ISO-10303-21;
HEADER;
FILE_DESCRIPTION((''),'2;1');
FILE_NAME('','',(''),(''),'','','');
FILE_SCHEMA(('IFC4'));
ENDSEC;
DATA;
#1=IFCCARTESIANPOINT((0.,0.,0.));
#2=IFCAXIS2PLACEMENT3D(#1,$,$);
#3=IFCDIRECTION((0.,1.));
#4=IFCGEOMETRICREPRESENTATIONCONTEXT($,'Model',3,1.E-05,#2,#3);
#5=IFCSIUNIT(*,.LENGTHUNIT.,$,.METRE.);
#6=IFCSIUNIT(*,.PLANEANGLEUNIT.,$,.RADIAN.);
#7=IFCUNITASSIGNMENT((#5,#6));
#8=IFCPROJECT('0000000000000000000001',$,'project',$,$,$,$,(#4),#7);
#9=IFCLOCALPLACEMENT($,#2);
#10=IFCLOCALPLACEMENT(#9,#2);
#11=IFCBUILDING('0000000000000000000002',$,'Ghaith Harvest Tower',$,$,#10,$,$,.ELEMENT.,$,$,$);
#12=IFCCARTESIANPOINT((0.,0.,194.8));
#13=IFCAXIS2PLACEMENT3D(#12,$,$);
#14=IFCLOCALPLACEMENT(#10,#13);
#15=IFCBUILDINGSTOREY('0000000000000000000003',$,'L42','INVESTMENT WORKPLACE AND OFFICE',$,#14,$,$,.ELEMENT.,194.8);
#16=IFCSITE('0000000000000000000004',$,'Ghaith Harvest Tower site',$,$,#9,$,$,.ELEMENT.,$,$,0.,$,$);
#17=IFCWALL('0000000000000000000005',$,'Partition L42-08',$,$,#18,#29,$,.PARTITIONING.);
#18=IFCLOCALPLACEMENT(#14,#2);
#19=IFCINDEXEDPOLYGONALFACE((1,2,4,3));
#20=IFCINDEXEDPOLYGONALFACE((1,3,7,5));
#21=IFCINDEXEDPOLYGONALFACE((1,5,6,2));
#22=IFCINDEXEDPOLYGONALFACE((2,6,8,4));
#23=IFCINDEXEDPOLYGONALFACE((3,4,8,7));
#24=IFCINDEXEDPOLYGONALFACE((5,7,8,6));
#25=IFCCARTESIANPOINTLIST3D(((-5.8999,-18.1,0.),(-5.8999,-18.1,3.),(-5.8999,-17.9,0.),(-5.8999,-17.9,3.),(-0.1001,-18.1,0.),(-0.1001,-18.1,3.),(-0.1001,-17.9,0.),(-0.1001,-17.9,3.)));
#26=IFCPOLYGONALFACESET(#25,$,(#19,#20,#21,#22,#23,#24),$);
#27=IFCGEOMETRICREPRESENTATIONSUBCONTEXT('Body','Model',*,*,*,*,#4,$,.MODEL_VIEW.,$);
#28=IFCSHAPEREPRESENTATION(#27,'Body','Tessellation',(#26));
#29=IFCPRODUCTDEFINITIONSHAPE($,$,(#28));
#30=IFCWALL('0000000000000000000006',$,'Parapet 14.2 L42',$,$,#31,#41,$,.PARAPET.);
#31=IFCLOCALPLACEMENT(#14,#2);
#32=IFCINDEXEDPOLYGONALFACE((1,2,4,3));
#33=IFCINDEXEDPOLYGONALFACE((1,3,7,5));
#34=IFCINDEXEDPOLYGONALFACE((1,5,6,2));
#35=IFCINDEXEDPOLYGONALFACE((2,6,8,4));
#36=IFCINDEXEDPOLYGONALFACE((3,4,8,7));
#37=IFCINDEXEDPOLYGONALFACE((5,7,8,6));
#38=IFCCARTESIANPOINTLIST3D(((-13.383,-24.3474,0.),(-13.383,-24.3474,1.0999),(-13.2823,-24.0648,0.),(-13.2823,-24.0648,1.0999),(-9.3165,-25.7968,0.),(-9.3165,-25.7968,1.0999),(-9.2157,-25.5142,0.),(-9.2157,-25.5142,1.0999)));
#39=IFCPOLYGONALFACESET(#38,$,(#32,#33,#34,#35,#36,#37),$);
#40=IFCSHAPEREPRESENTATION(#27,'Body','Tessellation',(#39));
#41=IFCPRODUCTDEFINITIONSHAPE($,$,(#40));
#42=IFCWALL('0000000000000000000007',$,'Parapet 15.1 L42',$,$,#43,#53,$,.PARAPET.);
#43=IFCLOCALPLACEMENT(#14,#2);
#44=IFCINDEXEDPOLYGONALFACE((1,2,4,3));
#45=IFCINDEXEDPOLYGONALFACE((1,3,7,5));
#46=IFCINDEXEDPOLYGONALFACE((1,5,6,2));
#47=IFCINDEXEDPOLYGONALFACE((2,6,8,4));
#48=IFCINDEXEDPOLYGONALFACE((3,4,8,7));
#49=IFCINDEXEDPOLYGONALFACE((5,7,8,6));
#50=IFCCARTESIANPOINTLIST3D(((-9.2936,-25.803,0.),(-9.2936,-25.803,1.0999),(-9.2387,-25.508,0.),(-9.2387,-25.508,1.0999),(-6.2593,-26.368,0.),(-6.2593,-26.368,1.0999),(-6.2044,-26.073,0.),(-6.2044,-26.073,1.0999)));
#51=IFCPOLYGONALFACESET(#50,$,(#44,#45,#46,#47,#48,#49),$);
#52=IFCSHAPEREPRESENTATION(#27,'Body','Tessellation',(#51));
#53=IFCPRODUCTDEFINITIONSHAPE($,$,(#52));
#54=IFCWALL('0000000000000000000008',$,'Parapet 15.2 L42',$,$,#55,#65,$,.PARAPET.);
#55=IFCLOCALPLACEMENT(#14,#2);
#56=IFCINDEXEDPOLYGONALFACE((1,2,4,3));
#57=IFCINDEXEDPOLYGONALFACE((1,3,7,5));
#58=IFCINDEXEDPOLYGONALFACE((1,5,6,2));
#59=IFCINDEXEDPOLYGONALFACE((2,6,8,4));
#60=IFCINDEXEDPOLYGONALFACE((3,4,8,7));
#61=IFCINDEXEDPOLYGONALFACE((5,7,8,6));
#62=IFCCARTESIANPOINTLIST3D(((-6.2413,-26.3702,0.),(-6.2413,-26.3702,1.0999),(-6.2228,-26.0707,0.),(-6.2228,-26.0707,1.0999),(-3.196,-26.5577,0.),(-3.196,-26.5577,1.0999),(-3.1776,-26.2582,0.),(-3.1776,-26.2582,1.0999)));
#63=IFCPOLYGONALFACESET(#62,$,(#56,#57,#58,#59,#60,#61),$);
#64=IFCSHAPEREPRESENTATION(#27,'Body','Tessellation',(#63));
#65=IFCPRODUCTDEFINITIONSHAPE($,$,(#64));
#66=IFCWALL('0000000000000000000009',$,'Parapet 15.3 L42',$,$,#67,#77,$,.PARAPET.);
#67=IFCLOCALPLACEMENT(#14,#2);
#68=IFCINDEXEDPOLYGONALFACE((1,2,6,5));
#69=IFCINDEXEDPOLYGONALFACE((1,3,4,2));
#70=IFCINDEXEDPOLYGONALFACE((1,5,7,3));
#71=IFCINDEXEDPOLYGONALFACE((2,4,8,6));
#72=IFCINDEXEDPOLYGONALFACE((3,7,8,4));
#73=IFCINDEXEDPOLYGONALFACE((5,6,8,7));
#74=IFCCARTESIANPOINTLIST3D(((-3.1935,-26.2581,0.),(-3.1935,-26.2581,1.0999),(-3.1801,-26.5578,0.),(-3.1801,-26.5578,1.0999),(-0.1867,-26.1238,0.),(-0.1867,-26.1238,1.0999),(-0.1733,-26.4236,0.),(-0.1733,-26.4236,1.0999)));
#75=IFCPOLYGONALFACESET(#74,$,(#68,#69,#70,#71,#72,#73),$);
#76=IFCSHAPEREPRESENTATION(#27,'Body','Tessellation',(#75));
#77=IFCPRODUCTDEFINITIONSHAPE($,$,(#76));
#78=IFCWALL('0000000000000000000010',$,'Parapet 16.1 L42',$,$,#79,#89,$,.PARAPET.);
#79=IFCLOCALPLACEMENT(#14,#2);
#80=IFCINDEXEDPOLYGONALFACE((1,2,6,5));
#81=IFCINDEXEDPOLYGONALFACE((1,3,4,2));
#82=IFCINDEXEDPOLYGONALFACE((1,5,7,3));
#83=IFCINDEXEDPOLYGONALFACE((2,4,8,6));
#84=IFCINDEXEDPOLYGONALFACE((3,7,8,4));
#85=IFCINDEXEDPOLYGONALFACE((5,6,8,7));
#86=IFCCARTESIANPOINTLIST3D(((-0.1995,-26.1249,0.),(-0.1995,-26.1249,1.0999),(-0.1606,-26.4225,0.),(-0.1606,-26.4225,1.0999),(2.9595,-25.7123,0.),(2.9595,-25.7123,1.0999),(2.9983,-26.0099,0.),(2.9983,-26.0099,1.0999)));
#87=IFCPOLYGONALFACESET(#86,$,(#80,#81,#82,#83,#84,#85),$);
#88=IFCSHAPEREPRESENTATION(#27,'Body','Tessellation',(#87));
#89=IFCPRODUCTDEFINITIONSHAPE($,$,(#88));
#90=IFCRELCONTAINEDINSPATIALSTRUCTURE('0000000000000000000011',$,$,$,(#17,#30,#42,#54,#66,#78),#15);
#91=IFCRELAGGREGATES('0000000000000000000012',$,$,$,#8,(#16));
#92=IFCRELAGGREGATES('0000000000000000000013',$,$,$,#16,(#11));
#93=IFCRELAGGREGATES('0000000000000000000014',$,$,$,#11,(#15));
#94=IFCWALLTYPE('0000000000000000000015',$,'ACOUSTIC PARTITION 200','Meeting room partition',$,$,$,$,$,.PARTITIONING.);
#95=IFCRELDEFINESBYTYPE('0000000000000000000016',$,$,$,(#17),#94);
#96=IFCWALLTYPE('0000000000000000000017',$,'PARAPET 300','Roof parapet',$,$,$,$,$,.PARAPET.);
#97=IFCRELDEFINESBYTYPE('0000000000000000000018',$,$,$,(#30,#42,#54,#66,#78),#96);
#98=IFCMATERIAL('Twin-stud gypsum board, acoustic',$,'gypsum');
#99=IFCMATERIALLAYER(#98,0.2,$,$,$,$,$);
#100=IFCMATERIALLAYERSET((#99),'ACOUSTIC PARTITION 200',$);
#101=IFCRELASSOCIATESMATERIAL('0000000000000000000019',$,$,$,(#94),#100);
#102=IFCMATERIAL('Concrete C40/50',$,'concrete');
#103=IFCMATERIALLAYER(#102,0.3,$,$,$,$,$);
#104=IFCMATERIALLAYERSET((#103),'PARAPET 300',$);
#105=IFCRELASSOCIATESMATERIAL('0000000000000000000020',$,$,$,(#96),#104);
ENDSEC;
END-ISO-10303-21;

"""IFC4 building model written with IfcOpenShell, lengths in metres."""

from ifc_helpers import new_model, si_unit, direction, frame, frame_2d, origin, place, context, subcontext, project, spatial, rectangle, extrude, material, layer, layer_set, type_object, element, save


model = new_model("IFC4")

# Units and contexts
model_context = context("Model", 3, precision=1e-05, world=origin(), true_north=direction((0.0, 1.0)))
body_context = subcontext(model_context, "Body", "Model", "MODEL_VIEW")
ifc_project = project(units=[si_unit("LENGTHUNIT", "METRE"), si_unit("PLANEANGLEUNIT", "RADIAN")], contexts=[model_context])

# Site, building, storey
site_placement = place(None, origin())
site = spatial("IfcSite", under=ifc_project, at=site_placement, Name="Ghaith Harvest Tower site", CompositionType="ELEMENT", RefElevation=0.0)
building_placement = place(site_placement, origin())
building = spatial("IfcBuilding", under=site, at=building_placement, Name="Ghaith Harvest Tower", CompositionType="ELEMENT")
storey_placement = place(building_placement, frame((0.0, 0.0, 194.8)))
storey = spatial("IfcBuildingStorey", under=building, at=storey_placement, Name="L42", Description="INVESTMENT WORKPLACE AND OFFICE", CompositionType="ELEMENT", Elevation=194.8)

# Walls
ifc_material_1 = material(Name="Twin-stud gypsum board, acoustic", Category="gypsum")
ifc_layer_1 = layer(ifc_material_1, 0.2)
ifc_layer_set_1 = layer_set([ifc_layer_1], Name="ACOUSTIC PARTITION 200")
wall_type_1 = type_object("IfcWallType", Name="ACOUSTIC PARTITION 200", Description="Meeting room partition", PredefinedType="PARTITIONING", material=ifc_layer_set_1)
for number, where, z_axis, x_axis, name in (
    (1, (-5.8999, -18.0, 0.0), (0.0, 0.0, 1.0), (1.0, 0.0, 0.0), "Partition L42-08"),
):
    element("IfcWall", number, at=place(storey_placement, frame(where, z_axis=z_axis, x_axis=x_axis)), inside=storey, type_object=wall_type_1, Name=name, PredefinedType="PARTITIONING", context=body_context, shape_type="SweptSolid", body=[
        extrude(rectangle(XDim=5.7998, YDim=0.2, at=frame_2d((2.8999, 0.0))), origin(), (0.0, 0.0, 1.0), 3.0),
    ])
ifc_material_2 = material(Name="Concrete C40/50", Category="concrete")
ifc_layer_2 = layer(ifc_material_2, 0.3)
ifc_layer_set_2 = layer_set([ifc_layer_2], Name="PARAPET 300")
wall_type_2 = type_object("IfcWallType", Name="PARAPET 300", Description="Roof parapet", PredefinedType="PARAPET", material=ifc_layer_set_2)
wall_1_placement = place(storey_placement, frame((-13.3328, -24.2061, 0.0), z_axis=(0.0, 0.0, 1.0), x_axis=(0.941955, -0.335738, 0.0)))
element("IfcWall", 2, at=wall_1_placement, inside=storey, type_object=wall_type_2, Name="Parapet 14.2 L42", PredefinedType="PARAPET", context=body_context, shape_type="SweptSolid", body=[
    extrude(rectangle(XDim=4.3171, YDim=0.3, at=frame_2d((2.1587, 0.0))), origin(), (0.0, 0.0, 1.0), 1.0999),
])
wall_2_placement = place(storey_placement, frame((-9.2661, -25.6555, 0.0), z_axis=(0.0, 0.0, 1.0), x_axis=(0.983104, -0.183047, 0.0)))
element("IfcWall", 3, at=wall_2_placement, inside=storey, type_object=wall_type_2, Name="Parapet 15.1 L42", PredefinedType="PARAPET", context=body_context, shape_type="SweptSolid", body=[
    extrude(rectangle(XDim=3.0864, YDim=0.3, at=frame_2d((1.5432, 0.0))), origin(), (0.0, 0.0, 1.0), 1.0999),
])
wall_3_placement = place(storey_placement, frame((-6.2319, -26.2205, 0.0), z_axis=(0.0, 0.0, 1.0), x_axis=(0.99811, -0.061457, 0.0)))
element("IfcWall", 4, at=wall_3_placement, inside=storey, type_object=wall_type_2, Name="Parapet 15.2 L42", PredefinedType="PARAPET", context=body_context, shape_type="SweptSolid", body=[
    extrude(rectangle(XDim=3.051, YDim=0.3, at=frame_2d((1.5254, 0.0))), origin(), (0.0, 0.0, 1.0), 1.0999),
])
wall_4_placement = place(storey_placement, frame((-3.1868, -26.408, 0.0), z_axis=(0.0, 0.0, 1.0), x_axis=(0.999004, 0.044613, 0.0)))
element("IfcWall", 5, at=wall_4_placement, inside=storey, type_object=wall_type_2, Name="Parapet 15.3 L42", PredefinedType="PARAPET", context=body_context, shape_type="SweptSolid", body=[
    extrude(rectangle(XDim=3.0098, YDim=0.3, at=frame_2d((1.5049, 0.0))), origin(), (0.0, 0.0, 1.0), 1.0999),
])
wall_5_placement = place(storey_placement, frame((-0.1799, -26.2737, 0.0), z_axis=(0.0, 0.0, 1.0), x_axis=(0.991578, 0.129513, 0.0)))
element("IfcWall", 6, at=wall_5_placement, inside=storey, type_object=wall_type_2, Name="Parapet 16.1 L42", PredefinedType="PARAPET", context=body_context, shape_type="SweptSolid", body=[
    extrude(rectangle(XDim=3.1858, YDim=0.3, at=frame_2d((1.5928, 0.0))), origin(), (0.0, 0.0, 1.0), 1.0999),
])

save(model, "model.ifc")
